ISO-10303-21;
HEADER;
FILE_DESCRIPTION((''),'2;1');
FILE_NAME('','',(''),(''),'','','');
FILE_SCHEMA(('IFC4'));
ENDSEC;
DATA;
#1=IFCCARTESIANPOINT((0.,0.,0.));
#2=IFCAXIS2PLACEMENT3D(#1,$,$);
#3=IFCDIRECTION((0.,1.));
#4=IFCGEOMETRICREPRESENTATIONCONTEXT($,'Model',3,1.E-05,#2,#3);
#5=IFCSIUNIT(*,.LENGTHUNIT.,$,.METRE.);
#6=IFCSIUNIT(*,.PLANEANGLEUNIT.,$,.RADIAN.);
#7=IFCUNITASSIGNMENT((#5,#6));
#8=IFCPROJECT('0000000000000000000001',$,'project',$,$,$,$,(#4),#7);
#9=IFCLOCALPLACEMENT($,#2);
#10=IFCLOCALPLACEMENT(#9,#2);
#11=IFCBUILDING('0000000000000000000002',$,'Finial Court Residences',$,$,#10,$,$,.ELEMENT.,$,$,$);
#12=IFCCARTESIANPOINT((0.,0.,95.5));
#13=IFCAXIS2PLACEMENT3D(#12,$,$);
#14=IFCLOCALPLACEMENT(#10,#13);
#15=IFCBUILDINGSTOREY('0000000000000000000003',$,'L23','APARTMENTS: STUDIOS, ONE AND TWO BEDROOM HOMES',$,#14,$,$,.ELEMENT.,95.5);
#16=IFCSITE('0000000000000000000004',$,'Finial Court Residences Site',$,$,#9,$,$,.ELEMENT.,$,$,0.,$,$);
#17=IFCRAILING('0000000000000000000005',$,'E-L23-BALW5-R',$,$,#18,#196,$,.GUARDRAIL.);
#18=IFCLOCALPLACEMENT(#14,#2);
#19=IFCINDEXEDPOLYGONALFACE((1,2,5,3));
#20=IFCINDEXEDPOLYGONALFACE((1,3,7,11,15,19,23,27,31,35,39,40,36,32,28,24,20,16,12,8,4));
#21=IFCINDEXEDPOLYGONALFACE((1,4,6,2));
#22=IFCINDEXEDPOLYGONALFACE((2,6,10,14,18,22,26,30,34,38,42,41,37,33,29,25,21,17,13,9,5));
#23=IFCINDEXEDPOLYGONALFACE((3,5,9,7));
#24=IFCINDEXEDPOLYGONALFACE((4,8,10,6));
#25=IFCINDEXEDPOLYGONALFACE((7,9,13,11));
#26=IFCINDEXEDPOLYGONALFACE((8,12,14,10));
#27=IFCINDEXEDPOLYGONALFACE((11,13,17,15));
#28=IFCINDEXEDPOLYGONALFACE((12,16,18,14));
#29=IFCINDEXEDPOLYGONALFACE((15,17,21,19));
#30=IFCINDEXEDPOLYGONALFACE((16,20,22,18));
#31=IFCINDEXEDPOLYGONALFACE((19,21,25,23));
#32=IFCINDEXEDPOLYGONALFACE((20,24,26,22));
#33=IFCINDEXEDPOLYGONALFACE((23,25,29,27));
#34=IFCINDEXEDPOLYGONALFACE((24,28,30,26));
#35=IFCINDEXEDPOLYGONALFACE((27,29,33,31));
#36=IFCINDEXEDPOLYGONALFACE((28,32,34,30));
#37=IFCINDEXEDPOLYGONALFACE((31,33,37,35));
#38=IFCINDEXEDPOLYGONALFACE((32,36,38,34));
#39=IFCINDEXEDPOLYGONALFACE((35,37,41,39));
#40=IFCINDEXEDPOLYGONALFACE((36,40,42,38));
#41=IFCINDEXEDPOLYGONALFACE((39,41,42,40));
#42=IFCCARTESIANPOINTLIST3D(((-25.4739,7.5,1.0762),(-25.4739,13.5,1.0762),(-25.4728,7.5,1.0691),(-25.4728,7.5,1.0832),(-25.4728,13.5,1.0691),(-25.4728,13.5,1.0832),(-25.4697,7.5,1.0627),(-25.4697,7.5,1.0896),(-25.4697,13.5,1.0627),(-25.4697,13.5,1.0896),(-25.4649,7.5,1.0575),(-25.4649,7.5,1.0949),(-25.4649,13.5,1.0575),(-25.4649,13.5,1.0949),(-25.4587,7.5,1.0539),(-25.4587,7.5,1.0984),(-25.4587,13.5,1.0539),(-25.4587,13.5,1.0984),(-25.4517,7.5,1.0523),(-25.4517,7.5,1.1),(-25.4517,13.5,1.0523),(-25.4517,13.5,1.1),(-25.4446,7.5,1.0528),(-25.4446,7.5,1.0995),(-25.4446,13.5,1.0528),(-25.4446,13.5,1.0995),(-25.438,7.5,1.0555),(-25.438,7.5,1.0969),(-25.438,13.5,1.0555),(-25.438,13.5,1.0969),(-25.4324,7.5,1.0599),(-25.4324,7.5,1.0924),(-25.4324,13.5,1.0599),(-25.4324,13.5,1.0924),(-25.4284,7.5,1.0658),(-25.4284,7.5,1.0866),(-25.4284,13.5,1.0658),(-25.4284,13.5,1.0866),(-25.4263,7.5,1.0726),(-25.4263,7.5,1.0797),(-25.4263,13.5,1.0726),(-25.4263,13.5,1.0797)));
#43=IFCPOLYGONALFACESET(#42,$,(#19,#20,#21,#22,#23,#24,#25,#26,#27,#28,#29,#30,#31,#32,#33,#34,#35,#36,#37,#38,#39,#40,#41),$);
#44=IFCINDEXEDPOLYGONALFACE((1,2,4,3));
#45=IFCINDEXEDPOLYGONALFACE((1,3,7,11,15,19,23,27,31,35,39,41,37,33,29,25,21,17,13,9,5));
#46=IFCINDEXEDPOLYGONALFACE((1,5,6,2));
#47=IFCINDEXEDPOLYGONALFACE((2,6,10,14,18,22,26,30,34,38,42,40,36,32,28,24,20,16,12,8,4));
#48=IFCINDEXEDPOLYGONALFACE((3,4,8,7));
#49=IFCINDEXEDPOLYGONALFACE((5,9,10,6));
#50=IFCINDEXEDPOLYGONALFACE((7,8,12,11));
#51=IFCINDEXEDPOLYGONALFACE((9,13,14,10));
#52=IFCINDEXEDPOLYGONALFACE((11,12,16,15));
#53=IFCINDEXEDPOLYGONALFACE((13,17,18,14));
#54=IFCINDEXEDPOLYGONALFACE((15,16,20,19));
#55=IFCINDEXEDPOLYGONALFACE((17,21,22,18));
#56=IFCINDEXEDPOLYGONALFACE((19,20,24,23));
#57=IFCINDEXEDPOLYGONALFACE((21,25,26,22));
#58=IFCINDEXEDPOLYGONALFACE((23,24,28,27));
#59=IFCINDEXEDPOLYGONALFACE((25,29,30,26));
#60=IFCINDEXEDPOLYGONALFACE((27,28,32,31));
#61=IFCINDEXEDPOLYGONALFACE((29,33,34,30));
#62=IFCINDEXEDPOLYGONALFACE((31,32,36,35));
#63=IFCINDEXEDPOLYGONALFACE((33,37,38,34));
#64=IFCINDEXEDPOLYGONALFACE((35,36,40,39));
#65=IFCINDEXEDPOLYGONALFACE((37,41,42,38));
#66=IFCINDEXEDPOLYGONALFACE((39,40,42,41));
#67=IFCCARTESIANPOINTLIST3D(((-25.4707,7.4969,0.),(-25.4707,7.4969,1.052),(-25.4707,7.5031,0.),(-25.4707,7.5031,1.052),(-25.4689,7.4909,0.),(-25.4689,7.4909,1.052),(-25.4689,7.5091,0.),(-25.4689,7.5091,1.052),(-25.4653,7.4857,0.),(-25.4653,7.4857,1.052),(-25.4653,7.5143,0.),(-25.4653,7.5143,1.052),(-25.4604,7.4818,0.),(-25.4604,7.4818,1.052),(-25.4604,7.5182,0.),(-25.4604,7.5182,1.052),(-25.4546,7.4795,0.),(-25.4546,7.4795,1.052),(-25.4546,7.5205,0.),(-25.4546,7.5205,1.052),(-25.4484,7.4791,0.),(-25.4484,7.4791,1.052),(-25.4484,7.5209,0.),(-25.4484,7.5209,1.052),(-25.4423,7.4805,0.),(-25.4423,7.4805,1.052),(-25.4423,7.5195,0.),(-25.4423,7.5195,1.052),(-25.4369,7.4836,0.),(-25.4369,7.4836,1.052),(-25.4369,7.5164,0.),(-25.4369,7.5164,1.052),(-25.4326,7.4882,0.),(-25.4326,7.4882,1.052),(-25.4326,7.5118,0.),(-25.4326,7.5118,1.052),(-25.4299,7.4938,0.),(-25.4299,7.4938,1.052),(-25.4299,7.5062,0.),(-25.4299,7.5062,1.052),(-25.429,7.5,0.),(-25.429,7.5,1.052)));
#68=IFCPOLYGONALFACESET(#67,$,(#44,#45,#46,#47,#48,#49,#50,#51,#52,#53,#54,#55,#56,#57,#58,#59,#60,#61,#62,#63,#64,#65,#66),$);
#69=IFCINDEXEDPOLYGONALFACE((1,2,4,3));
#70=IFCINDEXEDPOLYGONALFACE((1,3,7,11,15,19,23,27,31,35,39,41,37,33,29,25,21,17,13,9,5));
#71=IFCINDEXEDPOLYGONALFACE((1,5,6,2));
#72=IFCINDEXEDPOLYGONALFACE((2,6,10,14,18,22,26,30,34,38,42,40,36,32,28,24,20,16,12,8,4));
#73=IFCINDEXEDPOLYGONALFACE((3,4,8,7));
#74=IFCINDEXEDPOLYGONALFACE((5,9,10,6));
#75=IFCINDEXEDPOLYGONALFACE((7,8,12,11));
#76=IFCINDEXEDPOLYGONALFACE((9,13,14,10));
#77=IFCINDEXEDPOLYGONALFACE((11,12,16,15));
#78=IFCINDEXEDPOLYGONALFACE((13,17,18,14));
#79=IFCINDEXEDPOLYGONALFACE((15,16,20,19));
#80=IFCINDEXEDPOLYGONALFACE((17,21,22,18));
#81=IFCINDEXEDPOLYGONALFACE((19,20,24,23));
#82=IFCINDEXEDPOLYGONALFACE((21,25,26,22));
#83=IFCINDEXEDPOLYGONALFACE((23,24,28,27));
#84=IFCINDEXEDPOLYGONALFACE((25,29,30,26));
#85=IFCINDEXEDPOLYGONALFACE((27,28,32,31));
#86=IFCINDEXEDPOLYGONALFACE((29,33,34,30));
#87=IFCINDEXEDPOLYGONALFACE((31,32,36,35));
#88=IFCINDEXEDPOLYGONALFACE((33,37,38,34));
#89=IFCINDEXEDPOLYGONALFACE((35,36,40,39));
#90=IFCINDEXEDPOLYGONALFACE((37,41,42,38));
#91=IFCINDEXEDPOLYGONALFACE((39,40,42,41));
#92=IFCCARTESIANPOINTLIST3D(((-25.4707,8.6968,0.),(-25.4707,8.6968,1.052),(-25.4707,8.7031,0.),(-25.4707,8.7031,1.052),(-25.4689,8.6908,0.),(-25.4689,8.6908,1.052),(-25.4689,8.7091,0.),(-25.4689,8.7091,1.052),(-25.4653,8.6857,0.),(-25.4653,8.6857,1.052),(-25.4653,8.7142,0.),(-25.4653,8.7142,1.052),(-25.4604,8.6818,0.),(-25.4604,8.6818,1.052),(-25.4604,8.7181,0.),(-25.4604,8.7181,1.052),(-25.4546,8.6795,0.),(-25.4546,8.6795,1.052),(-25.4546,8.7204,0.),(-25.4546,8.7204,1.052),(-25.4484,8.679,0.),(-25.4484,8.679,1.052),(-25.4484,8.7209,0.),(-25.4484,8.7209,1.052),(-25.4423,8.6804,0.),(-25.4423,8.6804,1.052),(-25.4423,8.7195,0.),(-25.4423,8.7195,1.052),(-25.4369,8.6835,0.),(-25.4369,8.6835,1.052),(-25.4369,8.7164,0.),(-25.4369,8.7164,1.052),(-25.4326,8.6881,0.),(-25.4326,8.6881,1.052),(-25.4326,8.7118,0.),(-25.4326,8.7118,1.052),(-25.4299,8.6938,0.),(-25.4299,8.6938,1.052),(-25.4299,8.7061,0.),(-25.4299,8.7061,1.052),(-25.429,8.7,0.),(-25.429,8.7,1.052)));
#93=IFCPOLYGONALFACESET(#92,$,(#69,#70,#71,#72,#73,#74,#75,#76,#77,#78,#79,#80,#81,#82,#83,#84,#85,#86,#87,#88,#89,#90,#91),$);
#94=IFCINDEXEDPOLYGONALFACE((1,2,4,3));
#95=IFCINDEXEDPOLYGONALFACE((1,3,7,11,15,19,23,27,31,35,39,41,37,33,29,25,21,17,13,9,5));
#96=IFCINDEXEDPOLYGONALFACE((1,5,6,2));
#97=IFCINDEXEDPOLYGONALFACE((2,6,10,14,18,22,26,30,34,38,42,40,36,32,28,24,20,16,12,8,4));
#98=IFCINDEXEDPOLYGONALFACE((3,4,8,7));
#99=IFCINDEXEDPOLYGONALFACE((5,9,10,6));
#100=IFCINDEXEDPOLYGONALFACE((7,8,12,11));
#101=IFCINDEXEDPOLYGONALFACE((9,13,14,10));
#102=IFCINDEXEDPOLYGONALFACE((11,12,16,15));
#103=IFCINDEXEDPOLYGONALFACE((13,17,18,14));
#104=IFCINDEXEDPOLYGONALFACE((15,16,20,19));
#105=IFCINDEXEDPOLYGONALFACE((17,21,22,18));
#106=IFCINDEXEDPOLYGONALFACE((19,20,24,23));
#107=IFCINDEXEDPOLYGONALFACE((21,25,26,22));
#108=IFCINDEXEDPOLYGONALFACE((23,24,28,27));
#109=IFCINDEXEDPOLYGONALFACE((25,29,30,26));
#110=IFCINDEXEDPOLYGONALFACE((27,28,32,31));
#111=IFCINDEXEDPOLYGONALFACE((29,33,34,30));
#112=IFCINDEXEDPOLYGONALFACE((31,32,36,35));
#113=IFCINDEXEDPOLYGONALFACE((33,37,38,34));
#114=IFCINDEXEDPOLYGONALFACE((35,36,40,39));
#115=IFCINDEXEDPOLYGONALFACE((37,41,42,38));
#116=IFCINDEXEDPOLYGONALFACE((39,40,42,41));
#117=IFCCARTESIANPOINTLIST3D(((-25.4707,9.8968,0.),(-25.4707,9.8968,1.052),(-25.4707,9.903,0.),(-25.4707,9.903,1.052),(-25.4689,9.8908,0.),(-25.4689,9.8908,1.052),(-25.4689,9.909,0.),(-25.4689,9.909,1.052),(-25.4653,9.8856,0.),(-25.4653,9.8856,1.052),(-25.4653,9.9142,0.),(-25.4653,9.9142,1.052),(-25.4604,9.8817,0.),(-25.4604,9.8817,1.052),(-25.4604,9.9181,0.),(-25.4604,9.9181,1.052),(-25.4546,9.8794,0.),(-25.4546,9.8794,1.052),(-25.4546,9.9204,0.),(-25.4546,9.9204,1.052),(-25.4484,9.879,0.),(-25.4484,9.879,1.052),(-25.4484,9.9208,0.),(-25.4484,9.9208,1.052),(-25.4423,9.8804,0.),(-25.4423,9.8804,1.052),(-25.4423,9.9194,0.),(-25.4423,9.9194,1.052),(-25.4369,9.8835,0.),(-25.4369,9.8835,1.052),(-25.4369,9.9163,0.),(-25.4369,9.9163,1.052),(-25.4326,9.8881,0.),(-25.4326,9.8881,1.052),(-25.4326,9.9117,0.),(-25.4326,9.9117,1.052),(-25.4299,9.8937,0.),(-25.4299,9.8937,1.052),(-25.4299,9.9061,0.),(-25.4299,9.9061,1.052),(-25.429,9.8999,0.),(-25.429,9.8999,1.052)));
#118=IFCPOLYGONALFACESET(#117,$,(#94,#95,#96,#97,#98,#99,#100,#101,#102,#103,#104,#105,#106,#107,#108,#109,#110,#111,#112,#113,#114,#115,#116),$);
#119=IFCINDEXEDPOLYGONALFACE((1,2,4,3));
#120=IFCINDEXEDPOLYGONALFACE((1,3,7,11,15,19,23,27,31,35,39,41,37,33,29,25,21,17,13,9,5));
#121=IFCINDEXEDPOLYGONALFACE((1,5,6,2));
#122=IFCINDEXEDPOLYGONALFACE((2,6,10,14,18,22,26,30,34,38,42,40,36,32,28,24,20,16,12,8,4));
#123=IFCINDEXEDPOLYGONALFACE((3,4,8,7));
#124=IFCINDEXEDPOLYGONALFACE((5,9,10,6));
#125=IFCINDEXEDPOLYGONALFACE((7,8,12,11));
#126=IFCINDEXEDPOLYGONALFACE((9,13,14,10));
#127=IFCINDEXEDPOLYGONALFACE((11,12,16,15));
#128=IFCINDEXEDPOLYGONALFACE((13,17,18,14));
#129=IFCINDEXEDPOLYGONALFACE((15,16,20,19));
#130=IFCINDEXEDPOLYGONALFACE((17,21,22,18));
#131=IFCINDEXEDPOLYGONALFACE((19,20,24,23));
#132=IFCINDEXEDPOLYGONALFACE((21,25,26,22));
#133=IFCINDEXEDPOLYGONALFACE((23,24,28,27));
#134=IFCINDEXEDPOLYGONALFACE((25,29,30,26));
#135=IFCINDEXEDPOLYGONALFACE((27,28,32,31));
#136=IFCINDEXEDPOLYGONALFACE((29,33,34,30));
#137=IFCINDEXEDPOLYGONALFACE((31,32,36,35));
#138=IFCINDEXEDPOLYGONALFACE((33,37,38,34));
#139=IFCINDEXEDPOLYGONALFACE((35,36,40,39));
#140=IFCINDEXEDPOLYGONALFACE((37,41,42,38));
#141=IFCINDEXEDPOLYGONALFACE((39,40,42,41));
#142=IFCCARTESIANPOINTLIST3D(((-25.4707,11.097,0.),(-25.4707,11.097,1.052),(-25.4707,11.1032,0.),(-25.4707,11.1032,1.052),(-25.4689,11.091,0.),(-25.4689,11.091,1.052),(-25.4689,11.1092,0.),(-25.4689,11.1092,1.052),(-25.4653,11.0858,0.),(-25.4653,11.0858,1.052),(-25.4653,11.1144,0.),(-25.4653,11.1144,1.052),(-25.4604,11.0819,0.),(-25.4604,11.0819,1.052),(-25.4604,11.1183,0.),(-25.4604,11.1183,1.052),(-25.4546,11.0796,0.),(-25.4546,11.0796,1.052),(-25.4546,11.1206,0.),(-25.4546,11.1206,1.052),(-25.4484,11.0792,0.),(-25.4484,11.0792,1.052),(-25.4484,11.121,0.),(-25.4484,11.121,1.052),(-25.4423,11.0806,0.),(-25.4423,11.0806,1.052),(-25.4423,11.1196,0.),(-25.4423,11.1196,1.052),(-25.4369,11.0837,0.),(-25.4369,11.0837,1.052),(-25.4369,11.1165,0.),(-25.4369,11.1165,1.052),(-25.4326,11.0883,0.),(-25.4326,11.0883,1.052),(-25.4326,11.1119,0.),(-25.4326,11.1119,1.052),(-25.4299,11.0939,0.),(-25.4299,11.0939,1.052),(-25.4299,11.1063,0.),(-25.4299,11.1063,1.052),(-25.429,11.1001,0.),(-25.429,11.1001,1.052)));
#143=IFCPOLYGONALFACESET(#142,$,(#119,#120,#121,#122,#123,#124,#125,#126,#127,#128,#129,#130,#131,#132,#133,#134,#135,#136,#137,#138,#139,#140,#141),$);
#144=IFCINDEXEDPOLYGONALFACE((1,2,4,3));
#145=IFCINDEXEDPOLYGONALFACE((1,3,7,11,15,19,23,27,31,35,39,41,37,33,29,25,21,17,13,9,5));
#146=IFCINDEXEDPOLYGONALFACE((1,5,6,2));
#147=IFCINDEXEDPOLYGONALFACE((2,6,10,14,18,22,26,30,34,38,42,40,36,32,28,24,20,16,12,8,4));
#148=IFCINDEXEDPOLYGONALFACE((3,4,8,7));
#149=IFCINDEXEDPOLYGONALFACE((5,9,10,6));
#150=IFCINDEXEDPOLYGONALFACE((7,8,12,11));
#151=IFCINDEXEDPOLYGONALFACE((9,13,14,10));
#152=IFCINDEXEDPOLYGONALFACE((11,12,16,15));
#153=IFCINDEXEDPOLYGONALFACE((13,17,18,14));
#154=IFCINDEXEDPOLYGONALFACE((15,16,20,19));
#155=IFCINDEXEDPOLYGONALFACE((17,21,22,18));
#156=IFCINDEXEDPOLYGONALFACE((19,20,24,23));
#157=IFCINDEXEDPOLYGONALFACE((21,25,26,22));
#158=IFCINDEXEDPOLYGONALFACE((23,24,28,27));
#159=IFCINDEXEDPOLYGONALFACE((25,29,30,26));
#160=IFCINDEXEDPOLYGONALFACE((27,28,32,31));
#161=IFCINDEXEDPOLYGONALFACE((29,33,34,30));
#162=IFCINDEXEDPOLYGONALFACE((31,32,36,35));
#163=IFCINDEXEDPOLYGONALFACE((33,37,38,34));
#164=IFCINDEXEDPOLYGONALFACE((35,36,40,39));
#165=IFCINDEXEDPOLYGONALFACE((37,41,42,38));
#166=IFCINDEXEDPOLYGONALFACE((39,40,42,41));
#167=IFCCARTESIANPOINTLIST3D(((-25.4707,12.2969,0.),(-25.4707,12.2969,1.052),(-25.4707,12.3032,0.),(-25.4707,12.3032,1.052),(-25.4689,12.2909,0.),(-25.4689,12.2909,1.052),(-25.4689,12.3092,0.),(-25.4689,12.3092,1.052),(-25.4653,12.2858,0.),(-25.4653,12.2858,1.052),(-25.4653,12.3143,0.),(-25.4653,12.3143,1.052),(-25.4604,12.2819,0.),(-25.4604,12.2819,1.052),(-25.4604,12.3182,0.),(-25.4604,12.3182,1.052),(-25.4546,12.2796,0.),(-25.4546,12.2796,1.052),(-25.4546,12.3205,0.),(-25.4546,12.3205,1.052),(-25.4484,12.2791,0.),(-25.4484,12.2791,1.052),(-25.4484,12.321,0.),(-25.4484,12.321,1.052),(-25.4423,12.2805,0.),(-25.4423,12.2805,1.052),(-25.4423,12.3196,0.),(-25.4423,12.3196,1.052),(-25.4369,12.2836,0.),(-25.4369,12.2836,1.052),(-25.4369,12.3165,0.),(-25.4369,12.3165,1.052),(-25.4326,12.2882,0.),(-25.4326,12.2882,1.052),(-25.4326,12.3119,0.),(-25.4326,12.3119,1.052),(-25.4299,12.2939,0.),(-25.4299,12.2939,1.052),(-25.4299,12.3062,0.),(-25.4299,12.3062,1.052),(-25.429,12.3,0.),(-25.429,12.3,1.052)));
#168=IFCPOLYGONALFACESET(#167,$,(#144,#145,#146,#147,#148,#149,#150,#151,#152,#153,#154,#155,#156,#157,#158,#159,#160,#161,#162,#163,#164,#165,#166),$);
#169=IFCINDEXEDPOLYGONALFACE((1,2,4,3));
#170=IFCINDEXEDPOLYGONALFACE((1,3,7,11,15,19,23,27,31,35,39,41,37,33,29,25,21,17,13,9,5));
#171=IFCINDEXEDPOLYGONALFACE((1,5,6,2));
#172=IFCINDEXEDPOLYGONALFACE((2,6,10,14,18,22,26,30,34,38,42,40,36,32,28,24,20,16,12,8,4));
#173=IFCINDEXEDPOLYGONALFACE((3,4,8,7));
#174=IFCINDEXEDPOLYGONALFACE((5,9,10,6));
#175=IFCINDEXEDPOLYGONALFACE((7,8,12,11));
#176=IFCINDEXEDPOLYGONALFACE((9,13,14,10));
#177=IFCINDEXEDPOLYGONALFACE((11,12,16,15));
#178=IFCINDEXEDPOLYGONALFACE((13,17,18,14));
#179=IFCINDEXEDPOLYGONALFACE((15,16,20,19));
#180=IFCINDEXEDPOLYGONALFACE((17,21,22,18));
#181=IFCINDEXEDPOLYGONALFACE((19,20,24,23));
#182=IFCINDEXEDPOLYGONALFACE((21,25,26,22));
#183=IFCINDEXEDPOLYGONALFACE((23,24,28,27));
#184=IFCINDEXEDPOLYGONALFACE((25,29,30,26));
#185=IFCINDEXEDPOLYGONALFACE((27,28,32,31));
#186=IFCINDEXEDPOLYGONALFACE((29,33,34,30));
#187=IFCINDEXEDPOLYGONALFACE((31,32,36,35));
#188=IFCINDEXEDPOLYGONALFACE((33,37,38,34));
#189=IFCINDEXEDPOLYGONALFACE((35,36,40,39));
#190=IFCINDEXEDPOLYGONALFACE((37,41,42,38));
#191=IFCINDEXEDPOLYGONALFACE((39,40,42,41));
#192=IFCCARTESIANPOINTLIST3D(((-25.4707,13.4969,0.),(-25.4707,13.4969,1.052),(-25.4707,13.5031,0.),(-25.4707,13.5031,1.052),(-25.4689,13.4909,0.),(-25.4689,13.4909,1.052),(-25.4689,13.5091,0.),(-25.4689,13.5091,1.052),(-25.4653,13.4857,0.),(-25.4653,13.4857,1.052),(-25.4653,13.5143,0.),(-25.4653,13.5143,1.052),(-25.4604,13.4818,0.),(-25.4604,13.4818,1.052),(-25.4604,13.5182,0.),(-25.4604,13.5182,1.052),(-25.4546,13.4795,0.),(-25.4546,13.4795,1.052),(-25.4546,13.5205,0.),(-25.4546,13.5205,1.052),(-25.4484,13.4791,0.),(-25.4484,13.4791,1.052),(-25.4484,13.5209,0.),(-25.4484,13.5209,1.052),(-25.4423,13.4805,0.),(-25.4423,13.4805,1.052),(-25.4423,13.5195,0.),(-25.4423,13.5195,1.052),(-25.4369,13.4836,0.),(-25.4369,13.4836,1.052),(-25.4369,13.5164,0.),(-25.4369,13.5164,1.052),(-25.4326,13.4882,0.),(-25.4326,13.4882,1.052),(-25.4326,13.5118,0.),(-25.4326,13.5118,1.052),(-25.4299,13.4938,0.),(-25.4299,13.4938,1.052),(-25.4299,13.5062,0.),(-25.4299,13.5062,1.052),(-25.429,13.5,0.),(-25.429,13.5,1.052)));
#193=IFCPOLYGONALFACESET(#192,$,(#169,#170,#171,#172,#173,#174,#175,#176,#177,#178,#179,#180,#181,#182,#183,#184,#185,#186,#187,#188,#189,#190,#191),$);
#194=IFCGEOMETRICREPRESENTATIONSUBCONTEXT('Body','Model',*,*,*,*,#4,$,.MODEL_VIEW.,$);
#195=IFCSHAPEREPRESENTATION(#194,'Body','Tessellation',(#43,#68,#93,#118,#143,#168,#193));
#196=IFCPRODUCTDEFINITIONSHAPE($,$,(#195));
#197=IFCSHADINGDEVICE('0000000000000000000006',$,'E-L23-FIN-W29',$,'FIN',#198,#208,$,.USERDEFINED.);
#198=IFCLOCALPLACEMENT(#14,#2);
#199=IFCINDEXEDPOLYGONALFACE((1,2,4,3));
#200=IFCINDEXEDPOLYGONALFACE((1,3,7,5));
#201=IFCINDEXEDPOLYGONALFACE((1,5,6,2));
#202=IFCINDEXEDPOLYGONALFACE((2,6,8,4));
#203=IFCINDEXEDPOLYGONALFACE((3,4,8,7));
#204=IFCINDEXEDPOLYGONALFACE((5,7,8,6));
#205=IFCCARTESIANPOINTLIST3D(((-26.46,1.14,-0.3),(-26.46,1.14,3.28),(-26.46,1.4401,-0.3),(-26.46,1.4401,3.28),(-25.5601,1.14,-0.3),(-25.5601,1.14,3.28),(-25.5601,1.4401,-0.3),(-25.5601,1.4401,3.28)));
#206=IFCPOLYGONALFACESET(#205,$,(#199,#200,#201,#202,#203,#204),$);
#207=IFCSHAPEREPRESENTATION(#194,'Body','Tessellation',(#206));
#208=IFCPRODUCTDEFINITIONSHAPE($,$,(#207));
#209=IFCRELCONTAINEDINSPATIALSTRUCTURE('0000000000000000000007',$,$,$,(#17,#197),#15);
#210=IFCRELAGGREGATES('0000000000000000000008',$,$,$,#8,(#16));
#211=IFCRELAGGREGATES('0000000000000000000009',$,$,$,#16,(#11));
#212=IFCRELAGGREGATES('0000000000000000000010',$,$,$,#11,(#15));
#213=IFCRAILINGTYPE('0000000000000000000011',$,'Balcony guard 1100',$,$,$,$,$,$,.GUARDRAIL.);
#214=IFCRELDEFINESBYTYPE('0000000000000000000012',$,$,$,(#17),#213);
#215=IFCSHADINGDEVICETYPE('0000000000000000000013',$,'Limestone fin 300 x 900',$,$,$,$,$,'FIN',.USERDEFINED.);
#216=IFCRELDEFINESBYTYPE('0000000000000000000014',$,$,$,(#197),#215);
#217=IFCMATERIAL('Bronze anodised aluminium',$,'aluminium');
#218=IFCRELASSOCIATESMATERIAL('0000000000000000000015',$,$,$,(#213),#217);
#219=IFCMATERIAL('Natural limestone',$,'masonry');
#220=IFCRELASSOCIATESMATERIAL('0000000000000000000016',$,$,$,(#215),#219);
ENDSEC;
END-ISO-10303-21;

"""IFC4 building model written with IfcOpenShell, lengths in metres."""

from ifc_helpers import new_model, si_unit, direction, frame, origin, origin_2d, place, context, subcontext, project, spatial, rectangle, circle, extrude, material, type_object, element, save


model = new_model("IFC4")

# Units and contexts
model_context = context("Model", 3, precision=1e-05, world=origin(), true_north=direction((0.0, 1.0)))
body_context = subcontext(model_context, "Body", "Model", "MODEL_VIEW")
ifc_project = project(units=[si_unit("LENGTHUNIT", "METRE"), si_unit("PLANEANGLEUNIT", "RADIAN")], contexts=[model_context])

# Site, building, storey
site_placement = place(None, origin())
site = spatial("IfcSite", under=ifc_project, at=site_placement, Name="Finial Court Residences Site", CompositionType="ELEMENT", RefElevation=0.0)
building_placement = place(site_placement, origin())
building = spatial("IfcBuilding", under=site, at=building_placement, Name="Finial Court Residences", CompositionType="ELEMENT")
storey_placement = place(building_placement, frame((0.0, 0.0, 95.5)))
storey = spatial("IfcBuildingStorey", under=building, at=storey_placement, Name="L23", Description="APARTMENTS: STUDIOS, ONE AND TWO BEDROOM HOMES", CompositionType="ELEMENT", Elevation=95.5)

# Shared definitions
ifc_material_1 = material(Name="Bronze anodised aluminium", Category="aluminium")

# Shared definitions
ifc_material_2 = material(Name="Natural limestone", Category="masonry")

# Railing
railing_type = type_object("IfcRailingType", Name="Balcony guard 1100", PredefinedType="GUARDRAIL", material=ifc_material_1)
railing_placement = place(storey_placement, frame((-25.45, 7.5, 0.0)))
element("IfcRailing", 1, at=railing_placement, inside=storey, type_object=railing_type, Name="E-L23-BALW5-R", PredefinedType="GUARDRAIL", context=body_context, shape_type="SweptSolid", body=[
    extrude(circle(Radius=0.0239, at=origin_2d()), frame((0.0, 0.0, 1.0762), z_axis=(0.0, 1.0, 0.0), x_axis=(-1.0, 0.0, 0.0)), (0.0, 0.0, 1.0), 6.0),
    extrude(circle(Radius=0.021, at=origin_2d()), origin(), (0.0, 0.0, 1.0), 1.052),
    extrude(circle(Radius=0.021, at=origin_2d()), frame((0.0, 1.2, 0.0)), (0.0, 0.0, 1.0), 1.052),
    extrude(circle(Radius=0.021, at=origin_2d()), frame((0.0, 2.3999, 0.0)), (0.0, 0.0, 1.0), 1.052),
    extrude(circle(Radius=0.021, at=origin_2d()), frame((0.0, 3.6001, 0.0)), (0.0, 0.0, 1.0), 1.052),
    extrude(circle(Radius=0.021, at=origin_2d()), frame((0.0, 4.8, 0.0)), (0.0, 0.0, 1.0), 1.052),
    extrude(circle(Radius=0.021, at=origin_2d()), frame((0.0, 6.0, 0.0)), (0.0, 0.0, 1.0), 1.052),
])

# Shading device
shading_device_type = type_object("IfcShadingDeviceType", Name="Limestone fin 300 x 900", ElementType="FIN", PredefinedType="USERDEFINED", material=ifc_material_2)
shading_device_1_placement = place(storey_placement, frame((-26.01, 1.29, -0.3), z_axis=(0.0, 0.0, 1.0), x_axis=(1.0, 0.0, 0.0)))
element("IfcShadingDevice", 2, at=shading_device_1_placement, inside=storey, type_object=shading_device_type, Name="E-L23-FIN-W29", ObjectType="FIN", PredefinedType="USERDEFINED", context=body_context, shape_type="SweptSolid", body=[
    extrude(rectangle(XDim=0.8999, YDim=0.3, at=origin_2d()), origin(), (0.0, 0.0, 1.0), 3.5801),
])

save(model, "model.ifc")
